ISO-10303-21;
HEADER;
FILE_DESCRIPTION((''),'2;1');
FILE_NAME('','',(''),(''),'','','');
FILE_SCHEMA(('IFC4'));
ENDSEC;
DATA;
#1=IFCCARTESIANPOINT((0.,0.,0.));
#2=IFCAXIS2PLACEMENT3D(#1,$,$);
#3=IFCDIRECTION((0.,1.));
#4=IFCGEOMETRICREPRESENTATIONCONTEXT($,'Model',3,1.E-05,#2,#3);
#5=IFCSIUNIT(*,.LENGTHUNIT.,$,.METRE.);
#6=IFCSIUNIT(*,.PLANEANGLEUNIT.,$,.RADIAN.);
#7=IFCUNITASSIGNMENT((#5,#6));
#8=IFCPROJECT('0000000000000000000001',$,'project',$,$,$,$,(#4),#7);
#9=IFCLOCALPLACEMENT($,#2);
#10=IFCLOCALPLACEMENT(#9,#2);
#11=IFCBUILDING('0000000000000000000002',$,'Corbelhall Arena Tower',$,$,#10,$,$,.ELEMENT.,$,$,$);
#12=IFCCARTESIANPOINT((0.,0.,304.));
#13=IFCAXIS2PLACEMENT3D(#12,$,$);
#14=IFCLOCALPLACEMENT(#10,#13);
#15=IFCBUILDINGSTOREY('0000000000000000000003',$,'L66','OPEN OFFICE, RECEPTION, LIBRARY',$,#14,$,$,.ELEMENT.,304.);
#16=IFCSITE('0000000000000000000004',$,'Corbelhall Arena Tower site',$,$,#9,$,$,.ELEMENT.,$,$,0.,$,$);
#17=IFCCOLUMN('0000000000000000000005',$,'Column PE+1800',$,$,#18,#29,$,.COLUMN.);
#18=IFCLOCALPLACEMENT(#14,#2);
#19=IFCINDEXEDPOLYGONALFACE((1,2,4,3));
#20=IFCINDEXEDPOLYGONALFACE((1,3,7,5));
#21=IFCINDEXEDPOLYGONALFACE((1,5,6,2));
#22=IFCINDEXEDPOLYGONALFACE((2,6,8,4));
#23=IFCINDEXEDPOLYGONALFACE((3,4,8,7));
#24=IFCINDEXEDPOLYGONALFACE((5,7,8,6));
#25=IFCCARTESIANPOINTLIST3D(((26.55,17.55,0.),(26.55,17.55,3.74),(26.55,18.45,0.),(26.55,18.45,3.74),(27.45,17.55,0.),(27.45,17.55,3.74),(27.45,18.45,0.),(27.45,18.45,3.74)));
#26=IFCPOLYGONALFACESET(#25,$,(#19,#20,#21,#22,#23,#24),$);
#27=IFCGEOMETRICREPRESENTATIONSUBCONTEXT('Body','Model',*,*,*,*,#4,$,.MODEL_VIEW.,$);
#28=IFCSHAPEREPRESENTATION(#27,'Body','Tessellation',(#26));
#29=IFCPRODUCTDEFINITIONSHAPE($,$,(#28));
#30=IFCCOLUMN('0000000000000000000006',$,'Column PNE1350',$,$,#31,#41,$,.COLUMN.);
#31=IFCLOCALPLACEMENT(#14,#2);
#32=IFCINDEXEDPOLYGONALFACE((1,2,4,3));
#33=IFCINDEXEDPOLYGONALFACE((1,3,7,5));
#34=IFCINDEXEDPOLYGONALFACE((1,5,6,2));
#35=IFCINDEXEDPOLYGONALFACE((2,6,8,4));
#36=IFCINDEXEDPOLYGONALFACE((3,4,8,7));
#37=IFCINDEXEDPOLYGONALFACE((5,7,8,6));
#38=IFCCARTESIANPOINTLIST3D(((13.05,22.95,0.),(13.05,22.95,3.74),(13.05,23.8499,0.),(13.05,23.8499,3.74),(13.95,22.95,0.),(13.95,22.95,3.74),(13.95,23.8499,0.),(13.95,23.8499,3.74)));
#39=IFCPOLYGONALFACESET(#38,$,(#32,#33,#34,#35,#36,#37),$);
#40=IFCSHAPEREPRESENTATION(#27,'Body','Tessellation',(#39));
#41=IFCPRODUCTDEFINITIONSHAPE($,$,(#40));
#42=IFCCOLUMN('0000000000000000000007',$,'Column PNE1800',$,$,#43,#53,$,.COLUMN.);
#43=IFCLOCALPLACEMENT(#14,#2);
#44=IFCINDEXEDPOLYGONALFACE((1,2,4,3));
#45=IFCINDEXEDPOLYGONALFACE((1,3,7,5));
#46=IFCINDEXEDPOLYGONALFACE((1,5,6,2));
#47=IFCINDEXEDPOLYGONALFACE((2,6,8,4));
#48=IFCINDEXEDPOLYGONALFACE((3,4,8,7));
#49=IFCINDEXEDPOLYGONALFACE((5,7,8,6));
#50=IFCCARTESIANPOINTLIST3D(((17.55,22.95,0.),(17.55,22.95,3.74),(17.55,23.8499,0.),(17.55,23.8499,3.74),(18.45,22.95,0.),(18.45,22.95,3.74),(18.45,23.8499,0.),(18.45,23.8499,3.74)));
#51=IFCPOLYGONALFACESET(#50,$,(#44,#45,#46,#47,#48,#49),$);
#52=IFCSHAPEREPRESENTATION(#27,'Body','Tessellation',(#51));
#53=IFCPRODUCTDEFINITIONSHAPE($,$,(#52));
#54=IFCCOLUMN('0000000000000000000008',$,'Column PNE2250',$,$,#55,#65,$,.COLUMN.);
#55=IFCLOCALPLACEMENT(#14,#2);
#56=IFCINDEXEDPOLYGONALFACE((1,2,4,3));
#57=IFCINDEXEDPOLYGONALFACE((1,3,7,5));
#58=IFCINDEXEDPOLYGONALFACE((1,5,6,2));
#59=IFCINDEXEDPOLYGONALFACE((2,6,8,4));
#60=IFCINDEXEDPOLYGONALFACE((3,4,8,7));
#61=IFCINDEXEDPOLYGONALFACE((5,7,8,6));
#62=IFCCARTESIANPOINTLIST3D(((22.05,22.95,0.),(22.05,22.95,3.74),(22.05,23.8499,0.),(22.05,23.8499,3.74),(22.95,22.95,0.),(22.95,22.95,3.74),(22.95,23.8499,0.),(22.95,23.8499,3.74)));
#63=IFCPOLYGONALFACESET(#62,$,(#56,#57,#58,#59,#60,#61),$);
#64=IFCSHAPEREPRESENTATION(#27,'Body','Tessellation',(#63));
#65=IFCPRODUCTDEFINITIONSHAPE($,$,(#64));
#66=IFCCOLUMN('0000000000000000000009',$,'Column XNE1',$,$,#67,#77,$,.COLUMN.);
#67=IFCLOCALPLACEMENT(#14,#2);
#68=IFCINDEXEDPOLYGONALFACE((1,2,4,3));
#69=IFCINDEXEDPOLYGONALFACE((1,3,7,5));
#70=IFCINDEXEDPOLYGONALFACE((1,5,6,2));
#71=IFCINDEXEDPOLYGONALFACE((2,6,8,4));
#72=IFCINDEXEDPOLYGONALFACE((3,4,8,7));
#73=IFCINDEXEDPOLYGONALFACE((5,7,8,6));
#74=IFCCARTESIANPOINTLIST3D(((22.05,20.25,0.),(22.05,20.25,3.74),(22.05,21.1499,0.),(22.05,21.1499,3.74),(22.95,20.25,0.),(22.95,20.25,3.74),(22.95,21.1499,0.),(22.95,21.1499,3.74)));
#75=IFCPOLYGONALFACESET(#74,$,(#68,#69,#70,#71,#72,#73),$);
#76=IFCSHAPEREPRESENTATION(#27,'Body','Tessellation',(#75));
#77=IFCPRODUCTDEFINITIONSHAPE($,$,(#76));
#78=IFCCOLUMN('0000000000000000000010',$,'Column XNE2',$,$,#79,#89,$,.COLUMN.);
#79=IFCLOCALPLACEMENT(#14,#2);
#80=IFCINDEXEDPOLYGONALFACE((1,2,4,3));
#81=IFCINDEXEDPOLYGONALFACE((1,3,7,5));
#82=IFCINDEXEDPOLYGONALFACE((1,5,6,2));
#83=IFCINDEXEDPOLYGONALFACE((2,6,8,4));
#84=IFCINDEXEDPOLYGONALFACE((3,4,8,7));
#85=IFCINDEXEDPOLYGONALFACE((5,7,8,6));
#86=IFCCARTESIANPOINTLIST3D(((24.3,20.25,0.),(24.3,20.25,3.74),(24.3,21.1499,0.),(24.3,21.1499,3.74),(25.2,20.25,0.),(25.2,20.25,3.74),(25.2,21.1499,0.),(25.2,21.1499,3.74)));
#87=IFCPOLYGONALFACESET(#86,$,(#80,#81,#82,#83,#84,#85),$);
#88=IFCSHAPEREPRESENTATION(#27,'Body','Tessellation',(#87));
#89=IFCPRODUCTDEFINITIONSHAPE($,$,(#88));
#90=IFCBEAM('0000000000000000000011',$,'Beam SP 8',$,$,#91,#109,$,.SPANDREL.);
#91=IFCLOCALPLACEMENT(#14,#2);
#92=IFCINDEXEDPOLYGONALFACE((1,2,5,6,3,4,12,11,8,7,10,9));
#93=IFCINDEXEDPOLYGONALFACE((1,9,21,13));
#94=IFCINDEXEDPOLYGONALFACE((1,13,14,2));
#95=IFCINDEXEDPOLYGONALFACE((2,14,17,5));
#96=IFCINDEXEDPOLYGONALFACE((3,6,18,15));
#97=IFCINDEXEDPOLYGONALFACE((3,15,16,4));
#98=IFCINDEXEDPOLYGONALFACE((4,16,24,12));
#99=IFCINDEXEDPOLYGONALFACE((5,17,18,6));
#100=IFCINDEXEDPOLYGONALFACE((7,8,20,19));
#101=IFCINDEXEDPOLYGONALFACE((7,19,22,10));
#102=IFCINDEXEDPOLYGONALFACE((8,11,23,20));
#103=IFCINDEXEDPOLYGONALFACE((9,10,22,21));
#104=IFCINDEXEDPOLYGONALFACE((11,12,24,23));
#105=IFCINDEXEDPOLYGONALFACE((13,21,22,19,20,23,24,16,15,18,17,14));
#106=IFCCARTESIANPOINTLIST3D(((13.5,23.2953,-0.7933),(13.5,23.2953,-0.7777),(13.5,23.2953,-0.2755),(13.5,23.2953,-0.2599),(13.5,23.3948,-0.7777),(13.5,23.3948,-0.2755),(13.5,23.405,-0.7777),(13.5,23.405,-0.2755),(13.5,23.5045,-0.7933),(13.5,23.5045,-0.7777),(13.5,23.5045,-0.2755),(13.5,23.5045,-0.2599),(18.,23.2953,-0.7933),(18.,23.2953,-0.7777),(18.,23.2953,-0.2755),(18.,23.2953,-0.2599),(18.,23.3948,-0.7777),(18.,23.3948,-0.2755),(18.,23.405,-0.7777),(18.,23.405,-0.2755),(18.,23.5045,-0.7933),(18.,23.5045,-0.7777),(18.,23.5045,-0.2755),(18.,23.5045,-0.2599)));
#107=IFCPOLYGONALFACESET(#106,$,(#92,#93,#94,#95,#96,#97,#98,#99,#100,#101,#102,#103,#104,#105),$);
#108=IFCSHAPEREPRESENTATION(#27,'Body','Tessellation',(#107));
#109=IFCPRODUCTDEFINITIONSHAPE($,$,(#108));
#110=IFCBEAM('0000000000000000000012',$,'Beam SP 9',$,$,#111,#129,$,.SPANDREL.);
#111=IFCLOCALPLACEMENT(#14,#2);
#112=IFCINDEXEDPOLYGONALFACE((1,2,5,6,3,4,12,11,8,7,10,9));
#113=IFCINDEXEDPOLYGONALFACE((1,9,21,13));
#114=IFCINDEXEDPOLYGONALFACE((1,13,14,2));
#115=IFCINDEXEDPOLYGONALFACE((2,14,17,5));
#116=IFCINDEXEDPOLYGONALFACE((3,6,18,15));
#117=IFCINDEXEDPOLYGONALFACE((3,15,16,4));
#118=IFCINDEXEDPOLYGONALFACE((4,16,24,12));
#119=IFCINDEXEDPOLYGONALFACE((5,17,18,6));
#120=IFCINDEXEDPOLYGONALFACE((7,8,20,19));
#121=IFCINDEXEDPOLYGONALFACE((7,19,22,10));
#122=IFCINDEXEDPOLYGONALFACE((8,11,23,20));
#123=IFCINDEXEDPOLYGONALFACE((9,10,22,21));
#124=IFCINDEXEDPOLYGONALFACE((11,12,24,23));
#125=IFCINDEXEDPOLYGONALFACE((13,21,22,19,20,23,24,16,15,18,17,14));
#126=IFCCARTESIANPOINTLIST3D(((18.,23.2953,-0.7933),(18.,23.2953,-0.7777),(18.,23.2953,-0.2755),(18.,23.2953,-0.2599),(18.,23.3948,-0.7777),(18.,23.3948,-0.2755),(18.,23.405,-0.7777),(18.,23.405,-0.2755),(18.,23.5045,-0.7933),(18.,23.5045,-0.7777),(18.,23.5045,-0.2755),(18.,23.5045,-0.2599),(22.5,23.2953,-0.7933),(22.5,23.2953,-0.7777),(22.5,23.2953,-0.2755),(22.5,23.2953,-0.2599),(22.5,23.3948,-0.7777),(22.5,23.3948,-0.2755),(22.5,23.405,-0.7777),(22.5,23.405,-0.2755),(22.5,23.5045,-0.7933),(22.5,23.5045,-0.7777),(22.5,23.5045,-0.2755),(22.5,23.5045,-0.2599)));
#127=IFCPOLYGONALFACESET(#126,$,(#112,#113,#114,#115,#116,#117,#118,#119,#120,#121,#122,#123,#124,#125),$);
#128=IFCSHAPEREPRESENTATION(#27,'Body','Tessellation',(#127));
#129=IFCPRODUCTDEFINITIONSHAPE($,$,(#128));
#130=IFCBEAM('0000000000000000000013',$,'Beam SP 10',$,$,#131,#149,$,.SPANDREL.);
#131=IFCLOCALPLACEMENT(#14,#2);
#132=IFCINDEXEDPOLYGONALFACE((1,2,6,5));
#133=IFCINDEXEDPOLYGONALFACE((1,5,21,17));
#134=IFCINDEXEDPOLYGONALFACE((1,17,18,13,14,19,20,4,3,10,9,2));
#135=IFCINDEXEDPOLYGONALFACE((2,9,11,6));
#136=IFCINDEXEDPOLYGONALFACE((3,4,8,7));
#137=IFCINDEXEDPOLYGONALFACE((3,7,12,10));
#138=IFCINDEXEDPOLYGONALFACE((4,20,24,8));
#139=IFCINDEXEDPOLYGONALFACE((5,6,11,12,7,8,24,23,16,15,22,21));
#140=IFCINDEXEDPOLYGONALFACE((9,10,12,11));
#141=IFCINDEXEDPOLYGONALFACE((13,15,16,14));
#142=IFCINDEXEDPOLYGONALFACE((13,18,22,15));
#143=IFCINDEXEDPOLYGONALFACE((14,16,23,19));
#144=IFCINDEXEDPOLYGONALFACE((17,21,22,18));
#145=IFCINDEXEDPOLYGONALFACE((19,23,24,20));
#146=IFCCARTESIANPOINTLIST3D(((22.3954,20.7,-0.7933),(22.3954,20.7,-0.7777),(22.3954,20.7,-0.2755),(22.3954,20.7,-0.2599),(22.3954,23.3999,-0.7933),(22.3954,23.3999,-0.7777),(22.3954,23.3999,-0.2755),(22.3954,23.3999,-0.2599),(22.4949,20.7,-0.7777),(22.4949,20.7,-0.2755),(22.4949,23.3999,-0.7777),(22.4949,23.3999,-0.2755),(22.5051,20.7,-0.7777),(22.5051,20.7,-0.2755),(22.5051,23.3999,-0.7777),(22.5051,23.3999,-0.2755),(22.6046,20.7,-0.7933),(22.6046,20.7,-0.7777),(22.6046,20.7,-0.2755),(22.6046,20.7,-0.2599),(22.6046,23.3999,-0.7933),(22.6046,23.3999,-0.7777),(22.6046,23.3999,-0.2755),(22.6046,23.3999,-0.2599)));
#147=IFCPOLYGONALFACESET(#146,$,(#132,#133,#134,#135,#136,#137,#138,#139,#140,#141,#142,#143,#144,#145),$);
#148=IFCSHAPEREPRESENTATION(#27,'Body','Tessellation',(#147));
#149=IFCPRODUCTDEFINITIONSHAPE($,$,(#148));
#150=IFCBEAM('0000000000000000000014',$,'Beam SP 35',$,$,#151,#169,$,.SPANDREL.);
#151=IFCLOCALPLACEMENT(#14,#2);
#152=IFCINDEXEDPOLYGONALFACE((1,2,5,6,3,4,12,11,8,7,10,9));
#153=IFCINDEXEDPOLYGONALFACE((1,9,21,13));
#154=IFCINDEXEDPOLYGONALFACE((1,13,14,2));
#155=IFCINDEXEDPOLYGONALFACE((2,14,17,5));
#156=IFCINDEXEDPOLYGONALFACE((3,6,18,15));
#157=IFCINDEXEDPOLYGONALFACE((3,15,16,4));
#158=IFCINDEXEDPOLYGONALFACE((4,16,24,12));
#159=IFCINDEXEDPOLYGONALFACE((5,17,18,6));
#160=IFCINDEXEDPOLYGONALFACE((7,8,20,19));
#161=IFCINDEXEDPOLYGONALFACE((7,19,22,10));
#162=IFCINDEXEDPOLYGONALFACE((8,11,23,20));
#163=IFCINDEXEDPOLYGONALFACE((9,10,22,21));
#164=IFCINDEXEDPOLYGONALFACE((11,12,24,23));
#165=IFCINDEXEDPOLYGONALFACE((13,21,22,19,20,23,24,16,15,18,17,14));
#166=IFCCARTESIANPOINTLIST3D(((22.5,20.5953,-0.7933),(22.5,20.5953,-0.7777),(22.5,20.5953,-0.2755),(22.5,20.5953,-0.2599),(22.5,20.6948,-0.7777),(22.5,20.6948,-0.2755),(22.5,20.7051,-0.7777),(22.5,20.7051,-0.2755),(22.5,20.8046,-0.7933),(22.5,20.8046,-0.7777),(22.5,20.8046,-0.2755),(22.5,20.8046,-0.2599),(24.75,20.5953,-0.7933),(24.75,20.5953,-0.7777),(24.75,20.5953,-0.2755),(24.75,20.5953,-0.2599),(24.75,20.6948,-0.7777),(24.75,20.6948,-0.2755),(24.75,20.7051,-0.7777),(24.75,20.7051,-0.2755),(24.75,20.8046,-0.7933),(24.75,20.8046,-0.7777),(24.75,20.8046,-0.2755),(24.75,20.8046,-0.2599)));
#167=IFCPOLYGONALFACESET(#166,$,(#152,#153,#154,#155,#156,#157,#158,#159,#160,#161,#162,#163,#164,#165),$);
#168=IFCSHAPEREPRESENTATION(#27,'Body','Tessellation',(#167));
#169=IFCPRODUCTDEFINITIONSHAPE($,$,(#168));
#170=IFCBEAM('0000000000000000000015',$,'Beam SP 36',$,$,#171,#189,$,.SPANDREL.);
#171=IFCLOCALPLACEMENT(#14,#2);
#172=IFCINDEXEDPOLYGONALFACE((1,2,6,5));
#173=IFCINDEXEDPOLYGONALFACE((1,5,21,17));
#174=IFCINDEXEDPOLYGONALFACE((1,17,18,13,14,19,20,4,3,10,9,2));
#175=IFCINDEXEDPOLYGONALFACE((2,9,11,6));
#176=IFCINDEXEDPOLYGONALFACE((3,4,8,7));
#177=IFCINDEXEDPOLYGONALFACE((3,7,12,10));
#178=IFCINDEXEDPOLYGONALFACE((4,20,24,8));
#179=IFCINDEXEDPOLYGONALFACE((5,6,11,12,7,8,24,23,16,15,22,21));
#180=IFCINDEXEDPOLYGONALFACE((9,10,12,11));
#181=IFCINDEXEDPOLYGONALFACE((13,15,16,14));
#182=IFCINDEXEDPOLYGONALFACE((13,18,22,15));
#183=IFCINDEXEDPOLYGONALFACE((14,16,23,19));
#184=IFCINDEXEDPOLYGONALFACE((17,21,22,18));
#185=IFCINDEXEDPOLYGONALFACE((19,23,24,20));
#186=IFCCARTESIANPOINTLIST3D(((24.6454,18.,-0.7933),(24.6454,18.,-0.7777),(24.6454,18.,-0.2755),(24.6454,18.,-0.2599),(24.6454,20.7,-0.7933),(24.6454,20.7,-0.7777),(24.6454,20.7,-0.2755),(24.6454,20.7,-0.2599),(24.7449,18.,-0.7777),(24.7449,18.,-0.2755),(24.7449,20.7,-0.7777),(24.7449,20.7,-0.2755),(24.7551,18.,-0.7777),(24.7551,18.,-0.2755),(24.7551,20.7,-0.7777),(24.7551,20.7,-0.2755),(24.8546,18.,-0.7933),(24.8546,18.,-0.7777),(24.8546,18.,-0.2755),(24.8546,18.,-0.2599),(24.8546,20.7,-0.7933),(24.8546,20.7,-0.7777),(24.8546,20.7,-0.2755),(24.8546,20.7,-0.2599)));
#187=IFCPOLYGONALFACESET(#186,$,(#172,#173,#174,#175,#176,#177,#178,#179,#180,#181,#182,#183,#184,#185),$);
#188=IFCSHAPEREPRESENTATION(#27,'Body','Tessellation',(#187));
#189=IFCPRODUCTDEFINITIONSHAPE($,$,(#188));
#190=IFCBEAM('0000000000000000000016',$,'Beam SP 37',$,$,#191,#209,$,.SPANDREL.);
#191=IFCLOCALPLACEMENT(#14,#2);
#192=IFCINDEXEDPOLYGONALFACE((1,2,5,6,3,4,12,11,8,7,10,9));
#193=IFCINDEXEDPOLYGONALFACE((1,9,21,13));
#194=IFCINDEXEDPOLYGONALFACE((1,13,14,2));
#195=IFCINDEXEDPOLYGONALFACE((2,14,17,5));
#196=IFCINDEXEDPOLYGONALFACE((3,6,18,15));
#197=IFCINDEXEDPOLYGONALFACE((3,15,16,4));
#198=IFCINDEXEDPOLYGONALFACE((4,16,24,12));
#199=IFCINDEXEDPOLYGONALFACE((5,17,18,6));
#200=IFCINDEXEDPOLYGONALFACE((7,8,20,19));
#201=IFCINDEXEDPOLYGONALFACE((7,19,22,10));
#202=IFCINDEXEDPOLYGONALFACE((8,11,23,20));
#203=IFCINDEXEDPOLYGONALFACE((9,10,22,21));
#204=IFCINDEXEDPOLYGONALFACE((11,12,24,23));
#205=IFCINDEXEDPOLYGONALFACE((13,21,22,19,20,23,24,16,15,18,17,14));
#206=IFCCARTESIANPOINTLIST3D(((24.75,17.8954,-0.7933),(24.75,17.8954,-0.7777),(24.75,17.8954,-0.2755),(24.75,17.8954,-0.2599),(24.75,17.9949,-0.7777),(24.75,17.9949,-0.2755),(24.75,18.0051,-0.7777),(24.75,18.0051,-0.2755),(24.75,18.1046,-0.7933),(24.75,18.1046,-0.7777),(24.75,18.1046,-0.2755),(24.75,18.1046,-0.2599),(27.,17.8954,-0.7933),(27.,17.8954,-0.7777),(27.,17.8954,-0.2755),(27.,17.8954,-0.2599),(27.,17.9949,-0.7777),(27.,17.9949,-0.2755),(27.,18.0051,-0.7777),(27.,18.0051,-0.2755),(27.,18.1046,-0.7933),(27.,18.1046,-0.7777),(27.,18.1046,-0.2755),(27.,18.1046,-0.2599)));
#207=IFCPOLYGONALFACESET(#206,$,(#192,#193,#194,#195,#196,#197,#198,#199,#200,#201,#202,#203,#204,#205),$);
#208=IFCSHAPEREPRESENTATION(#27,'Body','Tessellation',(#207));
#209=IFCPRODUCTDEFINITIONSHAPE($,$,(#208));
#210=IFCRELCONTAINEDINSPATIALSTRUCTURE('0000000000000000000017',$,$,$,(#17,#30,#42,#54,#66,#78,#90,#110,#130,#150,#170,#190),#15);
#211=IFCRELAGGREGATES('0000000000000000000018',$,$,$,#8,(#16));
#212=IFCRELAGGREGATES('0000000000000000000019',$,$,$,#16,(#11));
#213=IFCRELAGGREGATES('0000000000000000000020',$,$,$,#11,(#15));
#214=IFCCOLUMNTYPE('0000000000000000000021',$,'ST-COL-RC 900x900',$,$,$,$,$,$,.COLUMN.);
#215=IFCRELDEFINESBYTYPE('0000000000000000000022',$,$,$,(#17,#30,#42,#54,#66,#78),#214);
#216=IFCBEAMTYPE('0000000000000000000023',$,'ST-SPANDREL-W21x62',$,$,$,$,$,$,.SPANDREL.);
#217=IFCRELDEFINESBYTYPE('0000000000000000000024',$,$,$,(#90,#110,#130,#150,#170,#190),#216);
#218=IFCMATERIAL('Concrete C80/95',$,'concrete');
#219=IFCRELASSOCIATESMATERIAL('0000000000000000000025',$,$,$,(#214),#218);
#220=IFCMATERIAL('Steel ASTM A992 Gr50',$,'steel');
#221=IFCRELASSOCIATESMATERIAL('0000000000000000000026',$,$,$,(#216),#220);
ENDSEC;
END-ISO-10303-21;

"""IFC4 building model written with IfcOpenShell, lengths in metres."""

from ifc_helpers import new_model, si_unit, direction, frame, origin, origin_2d, place, context, subcontext, project, spatial, rectangle, i_section, extrude, material, material_profile, profile_set, type_object, element, save


model = new_model("IFC4")

# Units and contexts
model_context = context("Model", 3, precision=1e-05, world=origin(), true_north=direction((0.0, 1.0)))
body_context = subcontext(model_context, "Body", "Model", "MODEL_VIEW")
ifc_project = project(units=[si_unit("LENGTHUNIT", "METRE"), si_unit("PLANEANGLEUNIT", "RADIAN")], contexts=[model_context])

# Site, building, storey
site_placement = place(None, origin())
site = spatial("IfcSite", under=ifc_project, at=site_placement, Name="Corbelhall Arena Tower site", CompositionType="ELEMENT", RefElevation=0.0)
building_placement = place(site_placement, origin())
building = spatial("IfcBuilding", under=site, at=building_placement, Name="Corbelhall Arena Tower", CompositionType="ELEMENT")
storey_placement = place(building_placement, frame((0.0, 0.0, 304.0)))
storey = spatial("IfcBuildingStorey", under=building, at=storey_placement, Name="L66", Description="OPEN OFFICE, RECEPTION, LIBRARY", CompositionType="ELEMENT", Elevation=304.0)

# Columns
ifc_material_1 = material(Name="Concrete C80/95", Category="concrete")
ifc_material_profile_1 = material_profile(ifc_material_1, rectangle(XDim=0.8999, YDim=0.8999, at=origin_2d()))
ifc_profile_set_1 = profile_set([ifc_material_profile_1], Name="Concrete C80/95")
column_type = type_object("IfcColumnType", Name="ST-COL-RC 900x900", PredefinedType="COLUMN", material=ifc_profile_set_1)
for number, where, z_axis, x_axis, name in (
    (1, (27.0, 18.0, 0.0), (0.0, 0.0, 1.0), (0.0, 1.0, 0.0), "Column PE+1800"),
    (2, (13.5, 23.3999, 0.0), (0.0, 0.0, 1.0), (1.0, 0.0, 0.0), "Column PNE1350"),
    (3, (18.0, 23.3999, 0.0), (0.0, 0.0, 1.0), (1.0, 0.0, 0.0), "Column PNE1800"),
    (4, (22.5, 23.3999, 0.0), (0.0, 0.0, 1.0), (1.0, 0.0, 0.0), "Column PNE2250"),
    (5, (22.5, 20.7, 0.0), (0.0, 0.0, 1.0), (1.0, 0.0, 0.0), "Column XNE1"),
    (6, (24.75, 20.7, 0.0), (0.0, 0.0, 1.0), (1.0, 0.0, 0.0), "Column XNE2"),
):
    element("IfcColumn", number, at=place(storey_placement, frame(where, z_axis=z_axis, x_axis=x_axis)), inside=storey, type_object=column_type, Name=name, PredefinedType="COLUMN", context=body_context, shape_type="SweptSolid", body=[
        extrude(rectangle(XDim=0.8999, YDim=0.8999, at=origin_2d()), origin(), (0.0, 0.0, 1.0), 3.74),
    ])

# Beams
ifc_material_2 = material(Name="Steel ASTM A992 Gr50", Category="steel")
ifc_material_profile_2 = material_profile(ifc_material_2, i_section(OverallWidth=0.2092, OverallDepth=0.5334, WebThickness=0.0103, FlangeThickness=0.0156, at=origin_2d()))
ifc_profile_set_2 = profile_set([ifc_material_profile_2], Name="Steel ASTM A992 Gr50")
beam_type_1 = type_object("IfcBeamType", Name="ST-SPANDREL-W21x62", PredefinedType="SPANDREL", material=ifc_profile_set_2)
for number, where, z_axis, x_axis, name in (
    (7, (13.5, 23.3999, -0.5266), (1.0, 0.0, 0.0), (0.0, 1.0, 0.0), "Beam SP 8"),
    (8, (18.0, 23.3999, -0.5266), (1.0, 0.0, 0.0), (0.0, 1.0, 0.0), "Beam SP 9"),
):
    element("IfcBeam", number, at=place(storey_placement, frame(where, z_axis=z_axis, x_axis=x_axis)), inside=storey, type_object=beam_type_1, Name=name, PredefinedType="SPANDREL", context=body_context, shape_type="SweptSolid", body=[
        extrude(i_section(OverallWidth=0.2092, OverallDepth=0.5334, WebThickness=0.0103, FlangeThickness=0.0156, at=origin_2d()), origin(), (0.0, 0.0, 1.0), 4.5),
    ])
beam_1_placement = place(storey_placement, frame((22.5, 23.3999, -0.5266), z_axis=(0.0, -1.0, 0.0), x_axis=(1.0, 0.0, 0.0)))
element("IfcBeam", 9, at=beam_1_placement, inside=storey, type_object=beam_type_1, Name="Beam SP 10", PredefinedType="SPANDREL", context=body_context, shape_type="SweptSolid", body=[
    extrude(i_section(OverallWidth=0.2092, OverallDepth=0.5334, WebThickness=0.0103, FlangeThickness=0.0156, at=origin_2d()), origin(), (0.0, 0.0, 1.0), 2.7),
])
beam_2_placement = place(storey_placement, frame((22.5, 20.7, -0.5266), z_axis=(1.0, 0.0, 0.0), x_axis=(0.0, 1.0, 0.0)))
element("IfcBeam", 10, at=beam_2_placement, inside=storey, type_object=beam_type_1, Name="Beam SP 35", PredefinedType="SPANDREL", context=body_context, shape_type="SweptSolid", body=[
    extrude(i_section(OverallWidth=0.2092, OverallDepth=0.5334, WebThickness=0.0103, FlangeThickness=0.0156, at=origin_2d()), origin(), (0.0, 0.0, 1.0), 2.25),
])
beam_3_placement = place(storey_placement, frame((24.75, 20.7, -0.5266), z_axis=(0.0, -1.0, 0.0), x_axis=(1.0, 0.0, 0.0)))
element("IfcBeam", 11, at=beam_3_placement, inside=storey, type_object=beam_type_1, Name="Beam SP 36", PredefinedType="SPANDREL", context=body_context, shape_type="SweptSolid", body=[
    extrude(i_section(OverallWidth=0.2092, OverallDepth=0.5334, WebThickness=0.0103, FlangeThickness=0.0156, at=origin_2d()), origin(), (0.0, 0.0, 1.0), 2.7),
])
beam_4_placement = place(storey_placement, frame((24.75, 18.0, -0.5266), z_axis=(1.0, 0.0, 0.0), x_axis=(0.0, 1.0, 0.0)))
element("IfcBeam", 12, at=beam_4_placement, inside=storey, type_object=beam_type_1, Name="Beam SP 37", PredefinedType="SPANDREL", context=body_context, shape_type="SweptSolid", body=[
    extrude(i_section(OverallWidth=0.2092, OverallDepth=0.5334, WebThickness=0.0103, FlangeThickness=0.0156, at=origin_2d()), origin(), (0.0, 0.0, 1.0), 2.25),
])

save(model, "model.ifc")
